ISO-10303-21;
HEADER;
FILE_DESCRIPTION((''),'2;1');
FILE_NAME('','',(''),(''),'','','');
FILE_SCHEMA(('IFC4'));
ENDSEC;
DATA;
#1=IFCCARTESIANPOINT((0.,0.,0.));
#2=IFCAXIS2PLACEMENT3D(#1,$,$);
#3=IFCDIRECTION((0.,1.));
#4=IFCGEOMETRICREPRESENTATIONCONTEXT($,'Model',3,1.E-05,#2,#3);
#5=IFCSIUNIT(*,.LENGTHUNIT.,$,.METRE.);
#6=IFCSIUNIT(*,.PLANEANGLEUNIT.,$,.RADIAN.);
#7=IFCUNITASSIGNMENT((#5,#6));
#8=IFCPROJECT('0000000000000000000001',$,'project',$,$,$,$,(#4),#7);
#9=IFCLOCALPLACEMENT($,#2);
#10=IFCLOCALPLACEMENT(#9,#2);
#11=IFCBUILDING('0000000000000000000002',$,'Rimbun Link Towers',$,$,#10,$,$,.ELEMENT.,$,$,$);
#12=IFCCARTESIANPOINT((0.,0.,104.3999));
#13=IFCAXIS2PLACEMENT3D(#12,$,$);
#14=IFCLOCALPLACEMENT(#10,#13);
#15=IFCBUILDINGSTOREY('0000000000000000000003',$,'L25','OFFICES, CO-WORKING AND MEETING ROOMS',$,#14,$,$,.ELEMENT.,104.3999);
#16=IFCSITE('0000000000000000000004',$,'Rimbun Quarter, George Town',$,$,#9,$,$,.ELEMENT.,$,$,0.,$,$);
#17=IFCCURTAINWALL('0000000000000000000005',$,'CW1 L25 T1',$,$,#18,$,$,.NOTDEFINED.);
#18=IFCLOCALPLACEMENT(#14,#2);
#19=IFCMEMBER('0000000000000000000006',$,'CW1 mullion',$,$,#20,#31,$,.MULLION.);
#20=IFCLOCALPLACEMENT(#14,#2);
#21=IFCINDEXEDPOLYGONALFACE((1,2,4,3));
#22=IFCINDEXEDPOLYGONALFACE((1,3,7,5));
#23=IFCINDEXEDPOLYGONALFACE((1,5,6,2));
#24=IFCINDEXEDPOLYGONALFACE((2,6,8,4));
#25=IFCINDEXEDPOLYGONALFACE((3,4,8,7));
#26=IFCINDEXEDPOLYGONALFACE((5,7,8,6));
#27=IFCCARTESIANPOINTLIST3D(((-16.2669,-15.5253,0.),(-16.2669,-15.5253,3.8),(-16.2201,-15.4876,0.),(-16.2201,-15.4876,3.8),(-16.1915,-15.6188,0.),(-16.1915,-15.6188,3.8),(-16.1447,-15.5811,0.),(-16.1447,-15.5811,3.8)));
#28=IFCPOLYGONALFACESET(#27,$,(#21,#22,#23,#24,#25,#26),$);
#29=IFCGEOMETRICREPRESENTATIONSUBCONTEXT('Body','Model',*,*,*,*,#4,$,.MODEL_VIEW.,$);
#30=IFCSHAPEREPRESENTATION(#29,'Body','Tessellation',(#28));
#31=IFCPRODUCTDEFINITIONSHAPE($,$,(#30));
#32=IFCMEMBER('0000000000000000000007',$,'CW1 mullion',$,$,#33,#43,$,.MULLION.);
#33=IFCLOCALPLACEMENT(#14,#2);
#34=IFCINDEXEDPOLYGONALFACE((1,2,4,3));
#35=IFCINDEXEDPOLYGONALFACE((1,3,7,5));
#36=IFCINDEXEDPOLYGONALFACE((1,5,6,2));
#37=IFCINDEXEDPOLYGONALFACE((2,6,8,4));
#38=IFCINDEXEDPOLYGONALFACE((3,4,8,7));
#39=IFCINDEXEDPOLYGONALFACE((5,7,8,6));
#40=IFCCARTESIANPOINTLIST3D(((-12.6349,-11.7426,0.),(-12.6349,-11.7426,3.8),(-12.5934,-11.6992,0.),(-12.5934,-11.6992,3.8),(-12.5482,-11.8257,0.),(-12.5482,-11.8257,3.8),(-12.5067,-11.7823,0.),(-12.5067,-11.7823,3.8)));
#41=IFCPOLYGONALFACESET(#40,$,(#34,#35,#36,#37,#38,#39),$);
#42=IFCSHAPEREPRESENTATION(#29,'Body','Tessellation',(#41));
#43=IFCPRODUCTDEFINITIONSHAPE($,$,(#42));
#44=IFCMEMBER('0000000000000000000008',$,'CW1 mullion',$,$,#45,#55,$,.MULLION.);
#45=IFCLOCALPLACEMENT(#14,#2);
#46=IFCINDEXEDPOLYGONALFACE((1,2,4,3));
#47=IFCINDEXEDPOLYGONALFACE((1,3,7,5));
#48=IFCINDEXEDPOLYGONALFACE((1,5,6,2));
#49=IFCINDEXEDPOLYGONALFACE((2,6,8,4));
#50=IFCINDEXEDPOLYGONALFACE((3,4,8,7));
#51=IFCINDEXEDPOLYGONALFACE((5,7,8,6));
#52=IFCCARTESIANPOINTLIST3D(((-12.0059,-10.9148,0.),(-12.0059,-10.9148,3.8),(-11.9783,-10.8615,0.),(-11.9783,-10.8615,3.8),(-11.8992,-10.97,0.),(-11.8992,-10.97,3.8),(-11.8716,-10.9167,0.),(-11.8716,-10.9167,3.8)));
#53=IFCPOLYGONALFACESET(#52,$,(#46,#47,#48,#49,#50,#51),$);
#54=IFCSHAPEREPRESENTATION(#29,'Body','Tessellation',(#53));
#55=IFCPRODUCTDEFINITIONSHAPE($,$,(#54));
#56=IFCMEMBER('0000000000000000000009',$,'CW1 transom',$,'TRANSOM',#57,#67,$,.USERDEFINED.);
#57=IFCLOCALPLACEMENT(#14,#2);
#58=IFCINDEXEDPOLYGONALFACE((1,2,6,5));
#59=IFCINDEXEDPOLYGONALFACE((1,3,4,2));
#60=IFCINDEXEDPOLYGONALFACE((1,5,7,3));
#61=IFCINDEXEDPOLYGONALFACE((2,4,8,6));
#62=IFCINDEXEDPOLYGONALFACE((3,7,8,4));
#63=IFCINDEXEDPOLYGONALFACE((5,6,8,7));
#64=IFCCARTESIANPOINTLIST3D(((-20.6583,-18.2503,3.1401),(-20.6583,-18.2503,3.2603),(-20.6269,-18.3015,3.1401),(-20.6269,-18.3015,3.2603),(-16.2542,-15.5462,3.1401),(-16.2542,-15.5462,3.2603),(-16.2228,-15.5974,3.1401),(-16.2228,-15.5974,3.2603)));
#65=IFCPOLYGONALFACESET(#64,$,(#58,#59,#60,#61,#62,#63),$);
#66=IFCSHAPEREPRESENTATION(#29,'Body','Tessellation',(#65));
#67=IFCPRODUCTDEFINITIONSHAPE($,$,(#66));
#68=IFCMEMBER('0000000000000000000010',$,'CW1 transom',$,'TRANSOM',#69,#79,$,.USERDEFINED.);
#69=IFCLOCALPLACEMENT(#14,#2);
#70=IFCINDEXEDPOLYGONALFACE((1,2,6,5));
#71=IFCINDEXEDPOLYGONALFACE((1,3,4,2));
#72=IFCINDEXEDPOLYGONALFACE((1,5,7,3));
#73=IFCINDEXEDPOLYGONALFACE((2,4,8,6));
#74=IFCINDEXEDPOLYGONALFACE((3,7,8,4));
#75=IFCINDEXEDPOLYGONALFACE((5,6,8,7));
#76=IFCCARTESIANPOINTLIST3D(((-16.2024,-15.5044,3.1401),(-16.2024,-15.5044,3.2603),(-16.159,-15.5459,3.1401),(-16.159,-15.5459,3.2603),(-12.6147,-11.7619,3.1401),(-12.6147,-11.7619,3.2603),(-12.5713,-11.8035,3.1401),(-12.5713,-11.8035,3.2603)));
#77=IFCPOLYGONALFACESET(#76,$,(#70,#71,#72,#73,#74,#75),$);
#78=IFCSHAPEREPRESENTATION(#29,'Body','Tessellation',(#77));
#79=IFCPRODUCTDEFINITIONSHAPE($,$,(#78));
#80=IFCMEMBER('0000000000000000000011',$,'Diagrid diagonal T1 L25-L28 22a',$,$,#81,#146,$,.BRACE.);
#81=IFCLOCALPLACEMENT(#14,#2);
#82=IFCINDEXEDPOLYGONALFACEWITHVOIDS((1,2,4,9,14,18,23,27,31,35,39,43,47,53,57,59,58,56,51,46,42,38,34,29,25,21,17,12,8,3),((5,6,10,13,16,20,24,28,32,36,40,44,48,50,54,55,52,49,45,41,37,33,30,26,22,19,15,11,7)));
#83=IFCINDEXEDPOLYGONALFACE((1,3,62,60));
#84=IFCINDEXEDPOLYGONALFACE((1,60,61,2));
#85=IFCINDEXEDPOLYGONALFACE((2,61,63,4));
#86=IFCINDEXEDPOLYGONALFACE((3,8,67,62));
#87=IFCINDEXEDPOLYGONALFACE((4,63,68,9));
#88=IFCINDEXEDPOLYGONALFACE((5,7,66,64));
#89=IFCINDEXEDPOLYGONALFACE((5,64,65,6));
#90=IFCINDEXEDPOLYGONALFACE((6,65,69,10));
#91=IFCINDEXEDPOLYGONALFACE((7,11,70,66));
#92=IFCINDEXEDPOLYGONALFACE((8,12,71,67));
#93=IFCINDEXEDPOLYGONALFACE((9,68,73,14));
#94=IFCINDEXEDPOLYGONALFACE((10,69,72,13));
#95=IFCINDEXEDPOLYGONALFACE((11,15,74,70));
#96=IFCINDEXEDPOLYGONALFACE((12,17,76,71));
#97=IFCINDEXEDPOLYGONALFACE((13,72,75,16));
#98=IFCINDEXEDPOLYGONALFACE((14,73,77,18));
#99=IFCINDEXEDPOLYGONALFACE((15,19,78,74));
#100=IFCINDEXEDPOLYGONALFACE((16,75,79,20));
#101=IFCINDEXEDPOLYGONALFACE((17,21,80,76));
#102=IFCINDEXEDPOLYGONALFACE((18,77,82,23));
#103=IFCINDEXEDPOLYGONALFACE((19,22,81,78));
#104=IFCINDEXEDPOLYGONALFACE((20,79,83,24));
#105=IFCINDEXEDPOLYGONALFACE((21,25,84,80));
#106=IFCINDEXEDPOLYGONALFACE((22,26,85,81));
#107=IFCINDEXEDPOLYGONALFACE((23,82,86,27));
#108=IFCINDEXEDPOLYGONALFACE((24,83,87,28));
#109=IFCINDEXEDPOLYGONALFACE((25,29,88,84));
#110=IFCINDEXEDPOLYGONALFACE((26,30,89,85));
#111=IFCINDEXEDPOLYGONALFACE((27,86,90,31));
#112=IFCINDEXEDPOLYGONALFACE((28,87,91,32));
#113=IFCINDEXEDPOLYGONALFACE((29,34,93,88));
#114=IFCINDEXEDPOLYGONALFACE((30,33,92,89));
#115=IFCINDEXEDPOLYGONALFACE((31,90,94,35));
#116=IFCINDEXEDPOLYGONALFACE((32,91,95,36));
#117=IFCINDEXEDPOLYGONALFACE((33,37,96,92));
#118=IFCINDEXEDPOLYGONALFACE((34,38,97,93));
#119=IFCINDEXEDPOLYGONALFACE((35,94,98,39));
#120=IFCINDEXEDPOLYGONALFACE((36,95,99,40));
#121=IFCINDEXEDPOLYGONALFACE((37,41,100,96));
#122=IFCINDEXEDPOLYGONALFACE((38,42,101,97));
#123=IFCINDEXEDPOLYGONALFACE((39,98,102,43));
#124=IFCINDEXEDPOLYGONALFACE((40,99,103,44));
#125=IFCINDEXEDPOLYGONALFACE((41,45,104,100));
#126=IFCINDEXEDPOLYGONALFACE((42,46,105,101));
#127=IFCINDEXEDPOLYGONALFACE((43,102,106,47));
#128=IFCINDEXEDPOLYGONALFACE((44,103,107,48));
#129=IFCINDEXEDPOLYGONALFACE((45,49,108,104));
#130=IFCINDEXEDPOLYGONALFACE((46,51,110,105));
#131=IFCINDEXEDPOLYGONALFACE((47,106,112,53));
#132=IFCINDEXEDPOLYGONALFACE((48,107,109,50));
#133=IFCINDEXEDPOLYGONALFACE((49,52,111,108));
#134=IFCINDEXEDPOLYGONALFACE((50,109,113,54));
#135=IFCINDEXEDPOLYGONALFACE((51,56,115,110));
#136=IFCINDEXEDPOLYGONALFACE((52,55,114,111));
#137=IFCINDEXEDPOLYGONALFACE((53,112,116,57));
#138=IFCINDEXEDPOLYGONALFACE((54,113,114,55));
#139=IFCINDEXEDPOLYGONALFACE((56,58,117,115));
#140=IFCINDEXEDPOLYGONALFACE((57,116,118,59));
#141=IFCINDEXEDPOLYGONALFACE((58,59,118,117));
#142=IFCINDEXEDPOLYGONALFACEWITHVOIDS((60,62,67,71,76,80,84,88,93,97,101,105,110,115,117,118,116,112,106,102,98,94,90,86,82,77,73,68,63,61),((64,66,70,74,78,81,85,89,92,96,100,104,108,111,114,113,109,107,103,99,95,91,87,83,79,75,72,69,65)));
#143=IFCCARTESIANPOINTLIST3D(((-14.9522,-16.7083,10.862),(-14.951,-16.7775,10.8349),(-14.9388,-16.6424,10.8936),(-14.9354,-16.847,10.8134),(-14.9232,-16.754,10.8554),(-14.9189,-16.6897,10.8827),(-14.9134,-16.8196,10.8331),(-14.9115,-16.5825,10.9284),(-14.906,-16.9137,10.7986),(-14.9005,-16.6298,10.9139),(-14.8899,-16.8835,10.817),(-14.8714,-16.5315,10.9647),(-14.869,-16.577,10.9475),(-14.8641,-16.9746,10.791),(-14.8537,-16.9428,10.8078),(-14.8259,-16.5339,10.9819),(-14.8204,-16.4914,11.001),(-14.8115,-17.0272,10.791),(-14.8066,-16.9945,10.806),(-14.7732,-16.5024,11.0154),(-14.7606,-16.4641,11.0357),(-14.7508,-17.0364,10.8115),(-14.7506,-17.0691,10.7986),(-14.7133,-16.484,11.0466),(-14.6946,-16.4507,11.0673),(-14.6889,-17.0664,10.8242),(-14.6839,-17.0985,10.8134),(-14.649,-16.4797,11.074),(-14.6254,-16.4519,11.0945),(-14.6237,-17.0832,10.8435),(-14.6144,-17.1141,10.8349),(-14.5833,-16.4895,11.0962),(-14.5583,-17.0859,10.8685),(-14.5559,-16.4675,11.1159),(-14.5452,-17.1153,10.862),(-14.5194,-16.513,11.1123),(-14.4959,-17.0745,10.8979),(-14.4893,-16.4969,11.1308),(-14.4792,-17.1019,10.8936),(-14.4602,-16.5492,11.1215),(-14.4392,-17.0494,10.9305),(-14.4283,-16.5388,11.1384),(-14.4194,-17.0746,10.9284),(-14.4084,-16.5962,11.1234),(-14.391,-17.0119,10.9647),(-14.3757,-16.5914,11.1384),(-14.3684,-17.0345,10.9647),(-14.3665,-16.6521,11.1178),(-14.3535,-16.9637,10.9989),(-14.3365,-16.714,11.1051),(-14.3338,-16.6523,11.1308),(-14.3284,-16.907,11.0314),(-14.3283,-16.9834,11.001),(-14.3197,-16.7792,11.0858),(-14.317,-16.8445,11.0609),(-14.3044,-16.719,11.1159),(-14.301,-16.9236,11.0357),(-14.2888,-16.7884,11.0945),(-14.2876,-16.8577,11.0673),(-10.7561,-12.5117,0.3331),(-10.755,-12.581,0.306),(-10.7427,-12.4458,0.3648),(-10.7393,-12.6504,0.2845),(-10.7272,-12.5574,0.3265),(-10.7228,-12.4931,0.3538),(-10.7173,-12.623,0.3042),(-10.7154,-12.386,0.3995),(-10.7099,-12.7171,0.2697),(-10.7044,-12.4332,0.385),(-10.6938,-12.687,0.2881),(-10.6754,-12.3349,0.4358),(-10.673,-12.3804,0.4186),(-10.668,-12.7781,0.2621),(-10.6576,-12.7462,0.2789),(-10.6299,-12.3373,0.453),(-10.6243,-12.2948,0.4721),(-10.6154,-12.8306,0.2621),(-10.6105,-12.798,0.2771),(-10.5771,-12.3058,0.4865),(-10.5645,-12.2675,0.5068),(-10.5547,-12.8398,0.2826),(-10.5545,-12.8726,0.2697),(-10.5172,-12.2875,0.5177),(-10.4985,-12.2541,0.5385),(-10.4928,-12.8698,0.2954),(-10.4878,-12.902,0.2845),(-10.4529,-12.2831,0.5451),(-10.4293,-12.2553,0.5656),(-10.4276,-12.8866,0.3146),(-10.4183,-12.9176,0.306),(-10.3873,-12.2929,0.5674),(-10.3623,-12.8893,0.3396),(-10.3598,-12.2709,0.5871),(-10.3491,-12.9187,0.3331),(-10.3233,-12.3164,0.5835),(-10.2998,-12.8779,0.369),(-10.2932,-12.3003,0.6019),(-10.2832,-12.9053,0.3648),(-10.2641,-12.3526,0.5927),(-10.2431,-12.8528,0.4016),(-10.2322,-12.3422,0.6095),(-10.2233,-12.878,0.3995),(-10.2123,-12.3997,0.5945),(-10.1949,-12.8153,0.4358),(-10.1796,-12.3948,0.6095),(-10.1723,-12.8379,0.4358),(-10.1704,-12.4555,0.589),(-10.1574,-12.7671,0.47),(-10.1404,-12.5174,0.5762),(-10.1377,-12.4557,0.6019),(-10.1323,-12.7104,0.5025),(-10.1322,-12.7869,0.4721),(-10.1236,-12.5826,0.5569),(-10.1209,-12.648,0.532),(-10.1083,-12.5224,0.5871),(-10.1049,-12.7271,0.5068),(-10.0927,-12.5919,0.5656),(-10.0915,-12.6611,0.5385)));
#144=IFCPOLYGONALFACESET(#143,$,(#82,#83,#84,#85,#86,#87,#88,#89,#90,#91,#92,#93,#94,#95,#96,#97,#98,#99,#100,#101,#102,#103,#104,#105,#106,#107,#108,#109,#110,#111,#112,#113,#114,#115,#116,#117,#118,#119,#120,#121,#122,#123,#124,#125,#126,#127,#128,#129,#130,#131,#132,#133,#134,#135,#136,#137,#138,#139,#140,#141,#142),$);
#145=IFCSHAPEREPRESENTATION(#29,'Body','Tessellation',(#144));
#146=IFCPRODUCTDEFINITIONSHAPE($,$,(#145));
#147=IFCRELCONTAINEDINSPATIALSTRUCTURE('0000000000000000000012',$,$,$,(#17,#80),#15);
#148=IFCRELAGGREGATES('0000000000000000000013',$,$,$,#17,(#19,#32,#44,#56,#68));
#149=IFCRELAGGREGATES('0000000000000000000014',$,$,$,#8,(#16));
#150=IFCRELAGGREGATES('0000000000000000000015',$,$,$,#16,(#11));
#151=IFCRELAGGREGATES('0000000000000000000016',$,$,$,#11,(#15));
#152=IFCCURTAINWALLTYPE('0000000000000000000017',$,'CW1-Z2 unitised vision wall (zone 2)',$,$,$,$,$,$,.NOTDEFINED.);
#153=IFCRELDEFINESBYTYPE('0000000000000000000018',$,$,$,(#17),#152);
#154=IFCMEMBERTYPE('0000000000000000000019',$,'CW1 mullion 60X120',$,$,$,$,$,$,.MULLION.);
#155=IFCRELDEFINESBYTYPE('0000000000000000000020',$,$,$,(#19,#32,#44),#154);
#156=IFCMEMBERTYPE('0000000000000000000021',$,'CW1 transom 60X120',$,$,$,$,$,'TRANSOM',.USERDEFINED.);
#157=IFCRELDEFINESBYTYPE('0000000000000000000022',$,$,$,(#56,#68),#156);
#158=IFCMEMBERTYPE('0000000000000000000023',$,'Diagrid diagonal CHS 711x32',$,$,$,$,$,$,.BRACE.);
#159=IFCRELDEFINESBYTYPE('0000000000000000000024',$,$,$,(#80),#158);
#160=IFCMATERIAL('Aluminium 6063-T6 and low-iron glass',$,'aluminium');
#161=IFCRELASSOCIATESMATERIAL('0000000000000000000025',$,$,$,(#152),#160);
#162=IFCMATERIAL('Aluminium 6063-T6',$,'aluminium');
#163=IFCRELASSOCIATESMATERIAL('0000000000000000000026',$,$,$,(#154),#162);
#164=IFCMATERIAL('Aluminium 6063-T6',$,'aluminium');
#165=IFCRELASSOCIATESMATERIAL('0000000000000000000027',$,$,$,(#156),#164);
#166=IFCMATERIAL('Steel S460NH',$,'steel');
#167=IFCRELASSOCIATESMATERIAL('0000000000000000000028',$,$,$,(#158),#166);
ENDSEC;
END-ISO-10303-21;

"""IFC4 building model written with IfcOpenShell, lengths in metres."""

from ifc_helpers import new_model, si_unit, direction, frame, origin, origin_2d, place, context, subcontext, project, spatial, rectangle, hollow_circle, extrude, material, material_profile, profile_set, type_object, element, aggregate, save


model = new_model("IFC4")

# Units and contexts
model_context = context("Model", 3, precision=1e-05, world=origin(), true_north=direction((0.0, 1.0)))
body_context = subcontext(model_context, "Body", "Model", "MODEL_VIEW")
ifc_project = project(units=[si_unit("LENGTHUNIT", "METRE"), si_unit("PLANEANGLEUNIT", "RADIAN")], contexts=[model_context])

# Site, building, storey
site_placement = place(None, origin())
site = spatial("IfcSite", under=ifc_project, at=site_placement, Name="Rimbun Quarter, George Town", CompositionType="ELEMENT", RefElevation=0.0)
building_placement = place(site_placement, origin())
building = spatial("IfcBuilding", under=site, at=building_placement, Name="Rimbun Link Towers", CompositionType="ELEMENT")
storey_placement = place(building_placement, frame((0.0, 0.0, 104.3999)))
storey = spatial("IfcBuildingStorey", under=building, at=storey_placement, Name="L25", Description="OFFICES, CO-WORKING AND MEETING ROOMS", CompositionType="ELEMENT", Elevation=104.3999)

# Curtain wall, members
ifc_material_1 = material(Name="Aluminium 6063-T6 and low-iron glass", Category="aluminium")
curtain_wall_type = type_object("IfcCurtainWallType", Name="CW1-Z2 unitised vision wall (zone 2)", PredefinedType="NOTDEFINED", material=ifc_material_1)
curtain_wall_placement = place(storey_placement, origin())
curtain_wall = element("IfcCurtainWall", 1, at=curtain_wall_placement, inside=storey, type_object=curtain_wall_type, Name="CW1 L25 T1", PredefinedType="NOTDEFINED")
ifc_material_2 = material(Name="Aluminium 6063-T6", Category="aluminium")
ifc_material_profile_1 = material_profile(ifc_material_2, rectangle(XDim=0.1201, YDim=0.0601, at=origin_2d()), Name="MULLION 60X120")
ifc_profile_set_1 = profile_set([ifc_material_profile_1], Name="Aluminium 6063-T6")
member_type_1 = type_object("IfcMemberType", Name="CW1 mullion 60X120", PredefinedType="MULLION", material=ifc_profile_set_1)
member_1_placement = place(storey_placement, frame((-16.2058, -15.5532, 0.0), z_axis=(0.0, 0.0, 1.0), x_axis=(0.62767, -0.778479, 0.0)))
member_1 = element("IfcMember", 2, at=member_1_placement, type_object=member_type_1, Name="CW1 mullion", PredefinedType="MULLION", context=body_context, shape_type="SweptSolid", body=[
    extrude(rectangle(XDim=0.1201, YDim=0.0601, at=origin_2d()), origin(), (0.0, 0.0, 1.0), 3.8),
])
member_2_placement = place(storey_placement, frame((-12.5708, -11.7625, 0.0), z_axis=(0.0, 0.0, 1.0), x_axis=(0.721845, -0.692055, 0.0)))
member_2 = element("IfcMember", 3, at=member_2_placement, type_object=member_type_1, Name="CW1 mullion", PredefinedType="MULLION", context=body_context, shape_type="SweptSolid", body=[
    extrude(rectangle(XDim=0.1201, YDim=0.0601, at=origin_2d()), origin(), (0.0, 0.0, 1.0), 3.8),
])
member_3_placement = place(storey_placement, frame((-11.9387, -10.9158, 0.0), z_axis=(0.0, 0.0, 1.0), x_axis=(0.888149, -0.459555, 0.0)))
member_3 = element("IfcMember", 4, at=member_3_placement, type_object=member_type_1, Name="CW1 mullion", PredefinedType="MULLION", context=body_context, shape_type="SweptSolid", body=[
    extrude(rectangle(XDim=0.1201, YDim=0.0601, at=origin_2d()), origin(), (0.0, 0.0, 1.0), 3.8),
])
ifc_material_3 = material(Name="Aluminium 6063-T6", Category="aluminium")
ifc_material_profile_2 = material_profile(ifc_material_3, rectangle(XDim=0.0601, YDim=0.1201, at=origin_2d()), Name="TRANSOM 60X120")
ifc_profile_set_2 = profile_set([ifc_material_profile_2], Name="Aluminium 6063-T6")
member_type_2 = type_object("IfcMemberType", Name="CW1 transom 60X120", ElementType="TRANSOM", PredefinedType="USERDEFINED", material=ifc_profile_set_2)
member_4_placement = place(storey_placement, frame((-16.2385, -15.5718, 3.2002), z_axis=(-0.852183, -0.523243, 0.0), x_axis=(0.523243, -0.852183, 0.0)))
member_4 = element("IfcMember", 5, at=member_4_placement, type_object=member_type_2, Name="CW1 transom", ObjectType="TRANSOM", PredefinedType="USERDEFINED", context=body_context, shape_type="SweptSolid", body=[
    extrude(rectangle(XDim=0.0601, YDim=0.1201, at=origin_2d()), origin(), (0.0, 0.0, 1.0), 5.168),
])
member_5_placement = place(storey_placement, frame((-12.593, -11.7827, 3.2002), z_axis=(-0.692021, -0.721877, 0.0), x_axis=(0.721877, -0.692021, 0.0)))
member_5 = element("IfcMember", 6, at=member_5_placement, type_object=member_type_2, Name="CW1 transom", ObjectType="TRANSOM", PredefinedType="USERDEFINED", context=body_context, shape_type="SweptSolid", body=[
    extrude(rectangle(XDim=0.0601, YDim=0.1201, at=origin_2d()), origin(), (0.0, 0.0, 1.0), 5.1843),
])

# Member
ifc_material_4 = material(Name="Steel S460NH", Category="steel")
ifc_material_profile_3 = material_profile(ifc_material_4, hollow_circle(Radius=0.3557, WallThickness=0.032, at=origin_2d()), Name="Diagrid diagonal CHS 711x32")
ifc_profile_set_3 = profile_set([ifc_material_profile_3], Name="Steel S460NH")
member_type_3 = type_object("IfcMemberType", Name="Diagrid diagonal CHS 711x32", PredefinedType="BRACE", material=ifc_profile_set_3)
member_6_placement = place(storey_placement, frame((-10.4238, -12.5864, 0.4358), z_axis=(-0.34718, -0.34722, 0.871151), x_axis=(0.707148, -0.707066, 0.0)))
element("IfcMember", 7, at=member_6_placement, inside=storey, type_object=member_type_3, Name="Diagrid diagonal T1 L25-L28 22a", PredefinedType="BRACE", context=body_context, shape_type="SweptSolid", body=[
    extrude(hollow_circle(Radius=0.3557, WallThickness=0.032, at=origin_2d()), origin(), (0.0, 0.0, 1.0), 12.0862),
])

aggregate(curtain_wall, [member_1, member_2, member_3, member_4, member_5])

save(model, "model.ifc")
